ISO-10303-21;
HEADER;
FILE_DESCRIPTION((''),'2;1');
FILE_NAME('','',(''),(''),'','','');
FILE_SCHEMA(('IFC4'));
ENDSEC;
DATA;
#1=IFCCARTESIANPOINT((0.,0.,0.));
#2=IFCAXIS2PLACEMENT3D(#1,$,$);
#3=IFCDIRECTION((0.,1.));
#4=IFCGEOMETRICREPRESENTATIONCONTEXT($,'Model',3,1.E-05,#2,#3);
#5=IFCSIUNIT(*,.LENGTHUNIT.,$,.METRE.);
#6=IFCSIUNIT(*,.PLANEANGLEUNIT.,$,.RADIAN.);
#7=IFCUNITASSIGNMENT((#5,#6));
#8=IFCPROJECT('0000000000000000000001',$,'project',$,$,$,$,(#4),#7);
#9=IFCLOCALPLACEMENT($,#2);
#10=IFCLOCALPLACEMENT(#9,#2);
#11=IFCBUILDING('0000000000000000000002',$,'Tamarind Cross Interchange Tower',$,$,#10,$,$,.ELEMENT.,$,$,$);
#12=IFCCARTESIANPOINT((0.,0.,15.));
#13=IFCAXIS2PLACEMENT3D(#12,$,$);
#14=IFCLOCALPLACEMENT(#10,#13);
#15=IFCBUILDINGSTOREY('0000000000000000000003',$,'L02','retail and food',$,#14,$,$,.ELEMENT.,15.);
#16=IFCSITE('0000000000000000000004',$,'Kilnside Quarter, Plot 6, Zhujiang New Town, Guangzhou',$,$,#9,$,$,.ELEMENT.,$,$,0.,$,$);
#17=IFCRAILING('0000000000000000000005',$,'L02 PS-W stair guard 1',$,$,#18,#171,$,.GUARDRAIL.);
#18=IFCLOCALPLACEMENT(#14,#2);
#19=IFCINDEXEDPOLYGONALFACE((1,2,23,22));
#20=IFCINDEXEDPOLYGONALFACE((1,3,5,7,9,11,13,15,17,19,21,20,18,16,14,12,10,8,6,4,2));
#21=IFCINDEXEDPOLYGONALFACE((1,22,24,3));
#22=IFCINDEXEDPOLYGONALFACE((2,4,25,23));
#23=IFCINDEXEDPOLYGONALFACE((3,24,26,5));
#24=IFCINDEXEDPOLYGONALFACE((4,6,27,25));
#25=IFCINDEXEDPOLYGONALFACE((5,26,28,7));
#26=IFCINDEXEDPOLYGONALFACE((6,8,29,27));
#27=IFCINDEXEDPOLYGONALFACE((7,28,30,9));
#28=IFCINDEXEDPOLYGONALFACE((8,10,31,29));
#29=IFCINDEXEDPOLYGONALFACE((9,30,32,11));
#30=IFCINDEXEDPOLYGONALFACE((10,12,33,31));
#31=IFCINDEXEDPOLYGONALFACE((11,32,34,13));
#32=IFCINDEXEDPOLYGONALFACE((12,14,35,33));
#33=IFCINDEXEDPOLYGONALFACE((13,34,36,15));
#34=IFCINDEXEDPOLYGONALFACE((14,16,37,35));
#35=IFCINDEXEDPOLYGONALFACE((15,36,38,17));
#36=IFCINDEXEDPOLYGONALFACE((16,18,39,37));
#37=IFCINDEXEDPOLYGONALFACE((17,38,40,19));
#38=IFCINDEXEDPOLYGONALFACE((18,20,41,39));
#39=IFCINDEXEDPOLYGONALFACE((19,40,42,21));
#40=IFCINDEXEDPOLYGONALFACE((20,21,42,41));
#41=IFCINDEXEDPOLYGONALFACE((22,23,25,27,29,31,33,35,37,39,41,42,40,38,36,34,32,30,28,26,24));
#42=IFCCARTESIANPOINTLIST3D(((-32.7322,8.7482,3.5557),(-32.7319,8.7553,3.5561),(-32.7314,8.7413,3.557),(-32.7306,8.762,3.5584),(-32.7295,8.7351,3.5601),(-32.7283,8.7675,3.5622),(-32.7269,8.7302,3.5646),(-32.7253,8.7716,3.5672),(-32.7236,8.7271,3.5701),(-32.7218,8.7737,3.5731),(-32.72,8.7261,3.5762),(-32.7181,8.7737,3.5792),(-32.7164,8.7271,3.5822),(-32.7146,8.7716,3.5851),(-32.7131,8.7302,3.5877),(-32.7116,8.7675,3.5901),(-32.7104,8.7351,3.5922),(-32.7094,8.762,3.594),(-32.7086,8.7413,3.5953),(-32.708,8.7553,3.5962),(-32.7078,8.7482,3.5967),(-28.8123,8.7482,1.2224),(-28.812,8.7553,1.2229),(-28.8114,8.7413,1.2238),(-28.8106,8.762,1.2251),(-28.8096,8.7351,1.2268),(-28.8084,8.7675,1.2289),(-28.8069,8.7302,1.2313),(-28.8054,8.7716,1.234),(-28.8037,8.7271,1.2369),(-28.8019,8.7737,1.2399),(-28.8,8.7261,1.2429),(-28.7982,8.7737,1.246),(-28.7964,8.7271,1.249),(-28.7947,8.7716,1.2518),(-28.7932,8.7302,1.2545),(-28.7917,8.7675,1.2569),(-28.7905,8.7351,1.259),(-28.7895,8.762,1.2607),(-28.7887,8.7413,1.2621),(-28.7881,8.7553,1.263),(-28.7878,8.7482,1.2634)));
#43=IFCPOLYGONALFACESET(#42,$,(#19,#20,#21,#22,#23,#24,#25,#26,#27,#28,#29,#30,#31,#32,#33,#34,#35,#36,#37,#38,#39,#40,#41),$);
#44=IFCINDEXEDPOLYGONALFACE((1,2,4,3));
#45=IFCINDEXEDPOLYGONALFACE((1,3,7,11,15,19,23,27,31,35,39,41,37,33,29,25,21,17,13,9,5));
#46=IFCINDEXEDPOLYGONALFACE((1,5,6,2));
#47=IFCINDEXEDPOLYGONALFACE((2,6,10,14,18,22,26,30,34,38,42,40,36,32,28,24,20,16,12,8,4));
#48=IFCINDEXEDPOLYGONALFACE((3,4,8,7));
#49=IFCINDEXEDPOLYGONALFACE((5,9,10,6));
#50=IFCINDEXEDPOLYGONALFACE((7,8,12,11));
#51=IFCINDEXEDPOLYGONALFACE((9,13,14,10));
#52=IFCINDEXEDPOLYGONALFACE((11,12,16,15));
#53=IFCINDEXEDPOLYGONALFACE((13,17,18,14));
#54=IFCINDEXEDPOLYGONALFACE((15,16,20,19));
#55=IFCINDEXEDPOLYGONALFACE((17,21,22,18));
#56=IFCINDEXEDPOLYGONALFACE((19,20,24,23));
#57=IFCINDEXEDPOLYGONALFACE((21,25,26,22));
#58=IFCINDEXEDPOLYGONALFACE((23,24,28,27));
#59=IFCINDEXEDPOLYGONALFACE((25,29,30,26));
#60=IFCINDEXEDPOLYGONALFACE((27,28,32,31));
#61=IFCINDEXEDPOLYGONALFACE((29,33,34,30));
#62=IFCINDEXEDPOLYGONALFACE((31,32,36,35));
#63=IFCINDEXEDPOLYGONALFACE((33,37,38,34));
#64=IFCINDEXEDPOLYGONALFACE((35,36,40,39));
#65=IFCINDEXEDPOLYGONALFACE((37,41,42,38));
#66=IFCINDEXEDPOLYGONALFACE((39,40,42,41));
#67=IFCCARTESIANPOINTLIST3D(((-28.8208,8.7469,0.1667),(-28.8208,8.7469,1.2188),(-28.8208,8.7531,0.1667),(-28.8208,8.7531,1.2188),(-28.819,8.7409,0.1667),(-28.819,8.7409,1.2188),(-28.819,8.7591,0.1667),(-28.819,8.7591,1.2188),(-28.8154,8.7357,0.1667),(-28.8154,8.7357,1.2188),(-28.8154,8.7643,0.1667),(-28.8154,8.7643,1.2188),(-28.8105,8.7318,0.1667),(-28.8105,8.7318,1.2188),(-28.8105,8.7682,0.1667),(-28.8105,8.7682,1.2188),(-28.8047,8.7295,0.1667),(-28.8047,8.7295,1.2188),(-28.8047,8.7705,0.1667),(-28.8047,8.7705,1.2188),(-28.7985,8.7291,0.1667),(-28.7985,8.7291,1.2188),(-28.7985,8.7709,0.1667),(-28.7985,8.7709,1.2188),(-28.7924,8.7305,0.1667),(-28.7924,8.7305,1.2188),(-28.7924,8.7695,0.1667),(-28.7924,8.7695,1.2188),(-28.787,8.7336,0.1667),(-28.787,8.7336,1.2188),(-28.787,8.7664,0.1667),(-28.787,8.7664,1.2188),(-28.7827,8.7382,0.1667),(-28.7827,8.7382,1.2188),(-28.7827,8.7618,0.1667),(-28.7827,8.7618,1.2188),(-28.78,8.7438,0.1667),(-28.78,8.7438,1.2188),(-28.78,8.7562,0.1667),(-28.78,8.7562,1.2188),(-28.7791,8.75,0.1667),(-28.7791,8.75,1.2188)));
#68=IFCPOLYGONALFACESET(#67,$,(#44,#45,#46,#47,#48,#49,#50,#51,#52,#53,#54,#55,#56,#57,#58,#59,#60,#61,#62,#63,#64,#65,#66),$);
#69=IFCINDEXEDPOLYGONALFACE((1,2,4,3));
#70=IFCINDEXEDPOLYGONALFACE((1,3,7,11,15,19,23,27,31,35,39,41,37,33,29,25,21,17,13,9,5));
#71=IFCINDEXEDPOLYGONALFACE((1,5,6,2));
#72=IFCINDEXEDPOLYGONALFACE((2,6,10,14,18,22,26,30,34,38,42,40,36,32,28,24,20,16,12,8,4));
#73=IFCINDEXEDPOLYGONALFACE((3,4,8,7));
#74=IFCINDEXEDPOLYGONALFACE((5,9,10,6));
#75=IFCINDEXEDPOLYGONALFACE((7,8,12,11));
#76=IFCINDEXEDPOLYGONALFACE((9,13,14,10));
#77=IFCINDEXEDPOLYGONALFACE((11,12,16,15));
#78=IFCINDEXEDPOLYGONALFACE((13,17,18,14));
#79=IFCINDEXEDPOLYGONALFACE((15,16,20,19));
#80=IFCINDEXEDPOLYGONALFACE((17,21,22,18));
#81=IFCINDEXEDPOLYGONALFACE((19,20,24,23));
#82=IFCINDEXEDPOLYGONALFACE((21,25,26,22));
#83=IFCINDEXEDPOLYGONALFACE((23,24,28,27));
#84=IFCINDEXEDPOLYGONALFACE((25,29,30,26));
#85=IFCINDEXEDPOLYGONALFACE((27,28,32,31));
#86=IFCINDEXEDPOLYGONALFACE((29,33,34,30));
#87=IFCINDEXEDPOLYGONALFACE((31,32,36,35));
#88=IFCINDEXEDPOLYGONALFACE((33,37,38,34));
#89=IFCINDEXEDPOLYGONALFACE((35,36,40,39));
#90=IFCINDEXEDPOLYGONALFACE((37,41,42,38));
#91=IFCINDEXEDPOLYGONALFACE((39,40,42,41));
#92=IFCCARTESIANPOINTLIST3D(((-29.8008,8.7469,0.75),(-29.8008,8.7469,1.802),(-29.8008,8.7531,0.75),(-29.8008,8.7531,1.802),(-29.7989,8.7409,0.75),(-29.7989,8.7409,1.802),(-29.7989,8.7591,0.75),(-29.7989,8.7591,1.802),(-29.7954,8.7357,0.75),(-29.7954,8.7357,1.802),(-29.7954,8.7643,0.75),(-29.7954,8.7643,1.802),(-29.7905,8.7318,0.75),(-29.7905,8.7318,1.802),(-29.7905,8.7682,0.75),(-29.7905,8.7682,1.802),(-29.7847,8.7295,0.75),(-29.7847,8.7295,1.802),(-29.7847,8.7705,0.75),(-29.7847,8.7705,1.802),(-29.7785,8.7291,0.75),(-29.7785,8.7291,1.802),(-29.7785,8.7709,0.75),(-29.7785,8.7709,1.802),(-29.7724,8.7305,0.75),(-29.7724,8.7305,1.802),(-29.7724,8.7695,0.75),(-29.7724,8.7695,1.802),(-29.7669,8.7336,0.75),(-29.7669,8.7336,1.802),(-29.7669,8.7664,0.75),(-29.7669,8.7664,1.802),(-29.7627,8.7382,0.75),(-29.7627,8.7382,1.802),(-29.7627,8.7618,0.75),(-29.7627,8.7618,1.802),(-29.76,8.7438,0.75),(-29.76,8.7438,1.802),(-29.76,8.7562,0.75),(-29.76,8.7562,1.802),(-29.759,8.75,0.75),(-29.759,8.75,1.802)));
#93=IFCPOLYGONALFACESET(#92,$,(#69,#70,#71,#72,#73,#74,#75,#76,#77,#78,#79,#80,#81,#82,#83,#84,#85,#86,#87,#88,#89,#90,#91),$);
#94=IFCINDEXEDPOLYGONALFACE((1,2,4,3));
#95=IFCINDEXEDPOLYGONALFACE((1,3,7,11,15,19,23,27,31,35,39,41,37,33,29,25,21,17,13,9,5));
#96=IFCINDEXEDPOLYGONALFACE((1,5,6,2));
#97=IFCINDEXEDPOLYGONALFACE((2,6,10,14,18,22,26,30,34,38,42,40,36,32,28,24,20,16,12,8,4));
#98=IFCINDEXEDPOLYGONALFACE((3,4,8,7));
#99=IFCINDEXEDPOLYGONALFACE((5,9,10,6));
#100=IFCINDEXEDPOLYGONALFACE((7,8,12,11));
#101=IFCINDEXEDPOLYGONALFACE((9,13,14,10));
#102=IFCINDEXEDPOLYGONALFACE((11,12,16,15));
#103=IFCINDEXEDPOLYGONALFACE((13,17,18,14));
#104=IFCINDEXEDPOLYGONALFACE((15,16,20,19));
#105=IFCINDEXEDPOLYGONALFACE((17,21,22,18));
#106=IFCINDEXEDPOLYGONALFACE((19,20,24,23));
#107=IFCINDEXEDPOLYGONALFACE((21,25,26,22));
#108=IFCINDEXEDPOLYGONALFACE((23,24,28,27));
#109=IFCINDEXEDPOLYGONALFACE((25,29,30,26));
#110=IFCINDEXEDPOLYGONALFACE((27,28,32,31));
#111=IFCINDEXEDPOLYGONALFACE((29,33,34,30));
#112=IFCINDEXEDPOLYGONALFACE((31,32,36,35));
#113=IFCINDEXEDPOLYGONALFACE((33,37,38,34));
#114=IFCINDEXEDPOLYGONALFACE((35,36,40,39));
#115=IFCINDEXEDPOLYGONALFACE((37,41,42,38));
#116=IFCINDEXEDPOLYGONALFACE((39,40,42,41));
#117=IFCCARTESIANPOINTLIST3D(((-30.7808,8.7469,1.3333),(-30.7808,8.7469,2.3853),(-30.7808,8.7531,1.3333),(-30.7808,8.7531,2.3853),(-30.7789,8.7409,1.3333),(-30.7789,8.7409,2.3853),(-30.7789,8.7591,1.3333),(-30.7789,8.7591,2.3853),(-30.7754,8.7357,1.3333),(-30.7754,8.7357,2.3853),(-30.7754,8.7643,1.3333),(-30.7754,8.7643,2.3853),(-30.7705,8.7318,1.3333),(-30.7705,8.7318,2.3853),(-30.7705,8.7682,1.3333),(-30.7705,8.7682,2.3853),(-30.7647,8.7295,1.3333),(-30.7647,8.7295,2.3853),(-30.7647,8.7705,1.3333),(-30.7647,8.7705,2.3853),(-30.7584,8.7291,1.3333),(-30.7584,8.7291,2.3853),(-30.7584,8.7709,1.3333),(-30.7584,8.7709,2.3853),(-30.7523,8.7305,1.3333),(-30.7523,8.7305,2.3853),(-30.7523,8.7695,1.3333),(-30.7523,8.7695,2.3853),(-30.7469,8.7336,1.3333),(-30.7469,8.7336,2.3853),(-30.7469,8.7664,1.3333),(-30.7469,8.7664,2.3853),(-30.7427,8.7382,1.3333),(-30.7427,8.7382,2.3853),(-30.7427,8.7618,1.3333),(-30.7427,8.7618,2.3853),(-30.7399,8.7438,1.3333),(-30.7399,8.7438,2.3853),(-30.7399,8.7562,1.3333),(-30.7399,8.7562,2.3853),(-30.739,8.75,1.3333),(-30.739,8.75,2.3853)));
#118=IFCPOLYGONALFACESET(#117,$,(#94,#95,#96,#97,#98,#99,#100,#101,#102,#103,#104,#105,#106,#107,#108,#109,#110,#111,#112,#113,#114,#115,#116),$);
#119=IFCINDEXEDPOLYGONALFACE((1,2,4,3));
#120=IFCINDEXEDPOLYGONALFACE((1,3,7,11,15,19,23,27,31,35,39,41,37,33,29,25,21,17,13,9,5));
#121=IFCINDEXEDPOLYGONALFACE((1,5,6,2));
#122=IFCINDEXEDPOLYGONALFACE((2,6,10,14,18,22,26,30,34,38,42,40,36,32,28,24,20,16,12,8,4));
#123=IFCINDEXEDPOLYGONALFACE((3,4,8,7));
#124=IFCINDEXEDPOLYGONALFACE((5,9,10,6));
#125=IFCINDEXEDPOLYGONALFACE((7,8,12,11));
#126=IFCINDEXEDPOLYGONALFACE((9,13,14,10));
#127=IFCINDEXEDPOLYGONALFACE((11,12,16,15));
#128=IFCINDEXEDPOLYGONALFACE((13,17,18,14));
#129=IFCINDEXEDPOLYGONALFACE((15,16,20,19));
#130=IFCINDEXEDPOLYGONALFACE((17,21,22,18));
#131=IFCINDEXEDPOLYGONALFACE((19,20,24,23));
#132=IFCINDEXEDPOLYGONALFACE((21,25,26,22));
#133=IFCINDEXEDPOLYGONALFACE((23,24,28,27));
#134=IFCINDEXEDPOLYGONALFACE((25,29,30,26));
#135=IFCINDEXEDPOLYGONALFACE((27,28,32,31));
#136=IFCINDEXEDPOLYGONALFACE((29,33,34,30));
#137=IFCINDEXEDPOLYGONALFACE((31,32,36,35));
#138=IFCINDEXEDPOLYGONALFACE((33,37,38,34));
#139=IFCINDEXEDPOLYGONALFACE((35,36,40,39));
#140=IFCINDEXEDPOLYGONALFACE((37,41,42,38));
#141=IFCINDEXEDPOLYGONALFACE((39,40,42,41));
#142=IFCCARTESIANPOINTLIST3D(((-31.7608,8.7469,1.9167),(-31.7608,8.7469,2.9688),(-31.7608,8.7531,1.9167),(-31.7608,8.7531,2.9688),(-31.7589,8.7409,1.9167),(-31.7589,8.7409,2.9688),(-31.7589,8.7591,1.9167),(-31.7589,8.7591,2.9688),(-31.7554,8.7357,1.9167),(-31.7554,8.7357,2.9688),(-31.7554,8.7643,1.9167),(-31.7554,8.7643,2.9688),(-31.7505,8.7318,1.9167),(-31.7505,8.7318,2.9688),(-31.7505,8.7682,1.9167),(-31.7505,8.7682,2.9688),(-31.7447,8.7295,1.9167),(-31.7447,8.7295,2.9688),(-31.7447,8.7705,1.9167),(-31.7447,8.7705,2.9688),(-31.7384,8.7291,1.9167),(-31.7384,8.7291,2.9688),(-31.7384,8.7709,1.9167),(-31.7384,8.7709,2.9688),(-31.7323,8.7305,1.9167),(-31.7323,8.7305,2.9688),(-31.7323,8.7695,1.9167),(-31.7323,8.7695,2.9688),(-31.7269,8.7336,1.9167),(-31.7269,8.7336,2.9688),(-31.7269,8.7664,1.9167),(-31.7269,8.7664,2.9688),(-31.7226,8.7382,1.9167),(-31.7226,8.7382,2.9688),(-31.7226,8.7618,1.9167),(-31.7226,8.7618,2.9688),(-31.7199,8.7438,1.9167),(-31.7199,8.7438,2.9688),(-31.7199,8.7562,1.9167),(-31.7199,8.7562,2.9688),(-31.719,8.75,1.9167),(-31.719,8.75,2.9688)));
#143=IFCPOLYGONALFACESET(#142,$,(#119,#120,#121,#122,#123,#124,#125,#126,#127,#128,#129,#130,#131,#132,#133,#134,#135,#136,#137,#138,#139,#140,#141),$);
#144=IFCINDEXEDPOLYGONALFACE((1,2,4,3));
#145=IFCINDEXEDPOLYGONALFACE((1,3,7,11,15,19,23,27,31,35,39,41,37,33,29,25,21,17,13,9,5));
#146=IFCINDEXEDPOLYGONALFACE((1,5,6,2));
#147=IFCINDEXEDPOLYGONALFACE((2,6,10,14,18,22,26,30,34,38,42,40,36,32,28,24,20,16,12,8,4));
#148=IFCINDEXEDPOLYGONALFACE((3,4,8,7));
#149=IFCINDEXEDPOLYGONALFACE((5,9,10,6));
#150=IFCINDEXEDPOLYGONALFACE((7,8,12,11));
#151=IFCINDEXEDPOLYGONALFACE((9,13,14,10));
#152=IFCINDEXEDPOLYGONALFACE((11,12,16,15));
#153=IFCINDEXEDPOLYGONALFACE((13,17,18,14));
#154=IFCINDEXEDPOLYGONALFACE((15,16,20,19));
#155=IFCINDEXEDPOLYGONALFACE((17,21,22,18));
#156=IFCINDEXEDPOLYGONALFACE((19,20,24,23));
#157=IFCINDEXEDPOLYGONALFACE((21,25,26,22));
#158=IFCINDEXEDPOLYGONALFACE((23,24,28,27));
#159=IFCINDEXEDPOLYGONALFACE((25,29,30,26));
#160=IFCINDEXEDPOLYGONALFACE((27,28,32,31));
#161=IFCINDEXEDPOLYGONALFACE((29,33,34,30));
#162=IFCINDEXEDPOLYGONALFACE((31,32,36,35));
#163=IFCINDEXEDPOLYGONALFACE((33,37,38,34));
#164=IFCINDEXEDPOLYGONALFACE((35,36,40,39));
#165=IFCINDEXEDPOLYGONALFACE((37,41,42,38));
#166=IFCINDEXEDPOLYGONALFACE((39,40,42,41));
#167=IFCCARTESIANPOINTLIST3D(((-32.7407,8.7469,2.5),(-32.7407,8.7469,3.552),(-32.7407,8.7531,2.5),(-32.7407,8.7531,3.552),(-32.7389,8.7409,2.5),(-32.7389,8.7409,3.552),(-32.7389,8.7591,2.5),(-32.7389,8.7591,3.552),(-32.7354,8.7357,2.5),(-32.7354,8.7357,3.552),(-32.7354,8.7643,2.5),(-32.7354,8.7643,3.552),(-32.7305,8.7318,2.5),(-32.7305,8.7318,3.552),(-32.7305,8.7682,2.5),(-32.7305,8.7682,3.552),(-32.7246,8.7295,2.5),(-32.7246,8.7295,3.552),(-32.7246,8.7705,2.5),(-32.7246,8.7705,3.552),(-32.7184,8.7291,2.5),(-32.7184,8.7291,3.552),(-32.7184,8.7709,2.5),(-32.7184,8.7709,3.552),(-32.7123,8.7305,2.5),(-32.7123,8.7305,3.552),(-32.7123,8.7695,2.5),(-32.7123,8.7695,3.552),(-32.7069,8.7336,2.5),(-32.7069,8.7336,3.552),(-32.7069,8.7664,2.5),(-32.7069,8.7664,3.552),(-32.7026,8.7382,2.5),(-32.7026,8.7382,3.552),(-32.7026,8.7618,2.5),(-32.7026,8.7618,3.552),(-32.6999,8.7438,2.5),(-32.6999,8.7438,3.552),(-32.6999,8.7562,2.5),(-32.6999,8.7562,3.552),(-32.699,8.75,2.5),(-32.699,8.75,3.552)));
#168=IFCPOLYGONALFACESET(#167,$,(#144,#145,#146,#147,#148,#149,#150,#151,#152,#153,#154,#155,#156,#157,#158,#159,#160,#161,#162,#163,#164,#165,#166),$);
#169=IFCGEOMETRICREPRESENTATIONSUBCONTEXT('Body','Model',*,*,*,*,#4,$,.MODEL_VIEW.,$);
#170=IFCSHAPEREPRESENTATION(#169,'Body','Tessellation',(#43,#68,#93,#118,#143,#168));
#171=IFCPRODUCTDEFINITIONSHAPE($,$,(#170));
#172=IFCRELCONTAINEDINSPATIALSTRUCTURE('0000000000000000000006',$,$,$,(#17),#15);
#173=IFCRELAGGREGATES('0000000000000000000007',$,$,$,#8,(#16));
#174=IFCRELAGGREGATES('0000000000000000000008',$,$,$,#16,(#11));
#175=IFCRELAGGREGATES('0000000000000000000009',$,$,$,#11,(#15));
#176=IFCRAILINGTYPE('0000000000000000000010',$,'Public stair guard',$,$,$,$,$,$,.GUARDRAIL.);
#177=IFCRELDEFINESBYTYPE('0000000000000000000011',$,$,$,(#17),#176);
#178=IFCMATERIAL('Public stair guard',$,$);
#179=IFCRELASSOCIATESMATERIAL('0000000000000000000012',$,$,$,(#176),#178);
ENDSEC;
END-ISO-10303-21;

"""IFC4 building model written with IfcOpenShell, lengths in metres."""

from ifc_helpers import new_model, si_unit, direction, frame, origin, origin_2d, place, context, subcontext, project, spatial, circle, extrude, material, type_object, element, save


model = new_model("IFC4")

# Units and contexts
model_context = context("Model", 3, precision=1e-05, world=origin(), true_north=direction((0.0, 1.0)))
body_context = subcontext(model_context, "Body", "Model", "MODEL_VIEW")
ifc_project = project(units=[si_unit("LENGTHUNIT", "METRE"), si_unit("PLANEANGLEUNIT", "RADIAN")], contexts=[model_context])

# Site, building, storey
site_placement = place(None, origin())
site = spatial("IfcSite", under=ifc_project, at=site_placement, Name="Kilnside Quarter, Plot 6, Zhujiang New Town, Guangzhou", CompositionType="ELEMENT", RefElevation=0.0)
building_placement = place(site_placement, origin())
building = spatial("IfcBuilding", under=site, at=building_placement, Name="Tamarind Cross Interchange Tower", CompositionType="ELEMENT")
storey_placement = place(building_placement, frame((0.0, 0.0, 15.0)))
storey = spatial("IfcBuildingStorey", under=building, at=storey_placement, Name="L02", Description="retail and food", CompositionType="ELEMENT", Elevation=15.0)

# Railing
ifc_material_1 = material(Name="Public stair guard")
railing_type_1 = type_object("IfcRailingType", Name="Public stair guard", PredefinedType="GUARDRAIL", material=ifc_material_1)
railing_1_placement = place(storey_placement, frame((-28.8, 8.75, 0.1667)))
element("IfcRailing", 1, at=railing_1_placement, inside=storey, type_object=railing_type_1, Name="L02 PS-W stair guard 1", PredefinedType="GUARDRAIL", context=body_context, shape_type="SweptSolid", body=[
    extrude(circle(Radius=0.0239, at=origin_2d()), frame((0.0, 0.0, 1.0762), z_axis=(-0.859296, 0.0, 0.511478), x_axis=(0.0, -1.0, 0.0)), (0.0, 0.0, 1.0), 4.5618),
    extrude(circle(Radius=0.021, at=origin_2d()), origin(), (0.0, 0.0, 1.0), 1.052),
    extrude(circle(Radius=0.021, at=origin_2d()), frame((-0.98, 0.0, 0.5833)), (0.0, 0.0, 1.0), 1.052),
    extrude(circle(Radius=0.021, at=origin_2d()), frame((-1.96, 0.0, 1.1665)), (0.0, 0.0, 1.0), 1.052),
    extrude(circle(Radius=0.021, at=origin_2d()), frame((-2.9399, 0.0, 1.75)), (0.0, 0.0, 1.0), 1.052),
    extrude(circle(Radius=0.021, at=origin_2d()), frame((-3.9199, 0.0, 2.3333)), (0.0, 0.0, 1.0), 1.052),
])

save(model, "model.ifc")
